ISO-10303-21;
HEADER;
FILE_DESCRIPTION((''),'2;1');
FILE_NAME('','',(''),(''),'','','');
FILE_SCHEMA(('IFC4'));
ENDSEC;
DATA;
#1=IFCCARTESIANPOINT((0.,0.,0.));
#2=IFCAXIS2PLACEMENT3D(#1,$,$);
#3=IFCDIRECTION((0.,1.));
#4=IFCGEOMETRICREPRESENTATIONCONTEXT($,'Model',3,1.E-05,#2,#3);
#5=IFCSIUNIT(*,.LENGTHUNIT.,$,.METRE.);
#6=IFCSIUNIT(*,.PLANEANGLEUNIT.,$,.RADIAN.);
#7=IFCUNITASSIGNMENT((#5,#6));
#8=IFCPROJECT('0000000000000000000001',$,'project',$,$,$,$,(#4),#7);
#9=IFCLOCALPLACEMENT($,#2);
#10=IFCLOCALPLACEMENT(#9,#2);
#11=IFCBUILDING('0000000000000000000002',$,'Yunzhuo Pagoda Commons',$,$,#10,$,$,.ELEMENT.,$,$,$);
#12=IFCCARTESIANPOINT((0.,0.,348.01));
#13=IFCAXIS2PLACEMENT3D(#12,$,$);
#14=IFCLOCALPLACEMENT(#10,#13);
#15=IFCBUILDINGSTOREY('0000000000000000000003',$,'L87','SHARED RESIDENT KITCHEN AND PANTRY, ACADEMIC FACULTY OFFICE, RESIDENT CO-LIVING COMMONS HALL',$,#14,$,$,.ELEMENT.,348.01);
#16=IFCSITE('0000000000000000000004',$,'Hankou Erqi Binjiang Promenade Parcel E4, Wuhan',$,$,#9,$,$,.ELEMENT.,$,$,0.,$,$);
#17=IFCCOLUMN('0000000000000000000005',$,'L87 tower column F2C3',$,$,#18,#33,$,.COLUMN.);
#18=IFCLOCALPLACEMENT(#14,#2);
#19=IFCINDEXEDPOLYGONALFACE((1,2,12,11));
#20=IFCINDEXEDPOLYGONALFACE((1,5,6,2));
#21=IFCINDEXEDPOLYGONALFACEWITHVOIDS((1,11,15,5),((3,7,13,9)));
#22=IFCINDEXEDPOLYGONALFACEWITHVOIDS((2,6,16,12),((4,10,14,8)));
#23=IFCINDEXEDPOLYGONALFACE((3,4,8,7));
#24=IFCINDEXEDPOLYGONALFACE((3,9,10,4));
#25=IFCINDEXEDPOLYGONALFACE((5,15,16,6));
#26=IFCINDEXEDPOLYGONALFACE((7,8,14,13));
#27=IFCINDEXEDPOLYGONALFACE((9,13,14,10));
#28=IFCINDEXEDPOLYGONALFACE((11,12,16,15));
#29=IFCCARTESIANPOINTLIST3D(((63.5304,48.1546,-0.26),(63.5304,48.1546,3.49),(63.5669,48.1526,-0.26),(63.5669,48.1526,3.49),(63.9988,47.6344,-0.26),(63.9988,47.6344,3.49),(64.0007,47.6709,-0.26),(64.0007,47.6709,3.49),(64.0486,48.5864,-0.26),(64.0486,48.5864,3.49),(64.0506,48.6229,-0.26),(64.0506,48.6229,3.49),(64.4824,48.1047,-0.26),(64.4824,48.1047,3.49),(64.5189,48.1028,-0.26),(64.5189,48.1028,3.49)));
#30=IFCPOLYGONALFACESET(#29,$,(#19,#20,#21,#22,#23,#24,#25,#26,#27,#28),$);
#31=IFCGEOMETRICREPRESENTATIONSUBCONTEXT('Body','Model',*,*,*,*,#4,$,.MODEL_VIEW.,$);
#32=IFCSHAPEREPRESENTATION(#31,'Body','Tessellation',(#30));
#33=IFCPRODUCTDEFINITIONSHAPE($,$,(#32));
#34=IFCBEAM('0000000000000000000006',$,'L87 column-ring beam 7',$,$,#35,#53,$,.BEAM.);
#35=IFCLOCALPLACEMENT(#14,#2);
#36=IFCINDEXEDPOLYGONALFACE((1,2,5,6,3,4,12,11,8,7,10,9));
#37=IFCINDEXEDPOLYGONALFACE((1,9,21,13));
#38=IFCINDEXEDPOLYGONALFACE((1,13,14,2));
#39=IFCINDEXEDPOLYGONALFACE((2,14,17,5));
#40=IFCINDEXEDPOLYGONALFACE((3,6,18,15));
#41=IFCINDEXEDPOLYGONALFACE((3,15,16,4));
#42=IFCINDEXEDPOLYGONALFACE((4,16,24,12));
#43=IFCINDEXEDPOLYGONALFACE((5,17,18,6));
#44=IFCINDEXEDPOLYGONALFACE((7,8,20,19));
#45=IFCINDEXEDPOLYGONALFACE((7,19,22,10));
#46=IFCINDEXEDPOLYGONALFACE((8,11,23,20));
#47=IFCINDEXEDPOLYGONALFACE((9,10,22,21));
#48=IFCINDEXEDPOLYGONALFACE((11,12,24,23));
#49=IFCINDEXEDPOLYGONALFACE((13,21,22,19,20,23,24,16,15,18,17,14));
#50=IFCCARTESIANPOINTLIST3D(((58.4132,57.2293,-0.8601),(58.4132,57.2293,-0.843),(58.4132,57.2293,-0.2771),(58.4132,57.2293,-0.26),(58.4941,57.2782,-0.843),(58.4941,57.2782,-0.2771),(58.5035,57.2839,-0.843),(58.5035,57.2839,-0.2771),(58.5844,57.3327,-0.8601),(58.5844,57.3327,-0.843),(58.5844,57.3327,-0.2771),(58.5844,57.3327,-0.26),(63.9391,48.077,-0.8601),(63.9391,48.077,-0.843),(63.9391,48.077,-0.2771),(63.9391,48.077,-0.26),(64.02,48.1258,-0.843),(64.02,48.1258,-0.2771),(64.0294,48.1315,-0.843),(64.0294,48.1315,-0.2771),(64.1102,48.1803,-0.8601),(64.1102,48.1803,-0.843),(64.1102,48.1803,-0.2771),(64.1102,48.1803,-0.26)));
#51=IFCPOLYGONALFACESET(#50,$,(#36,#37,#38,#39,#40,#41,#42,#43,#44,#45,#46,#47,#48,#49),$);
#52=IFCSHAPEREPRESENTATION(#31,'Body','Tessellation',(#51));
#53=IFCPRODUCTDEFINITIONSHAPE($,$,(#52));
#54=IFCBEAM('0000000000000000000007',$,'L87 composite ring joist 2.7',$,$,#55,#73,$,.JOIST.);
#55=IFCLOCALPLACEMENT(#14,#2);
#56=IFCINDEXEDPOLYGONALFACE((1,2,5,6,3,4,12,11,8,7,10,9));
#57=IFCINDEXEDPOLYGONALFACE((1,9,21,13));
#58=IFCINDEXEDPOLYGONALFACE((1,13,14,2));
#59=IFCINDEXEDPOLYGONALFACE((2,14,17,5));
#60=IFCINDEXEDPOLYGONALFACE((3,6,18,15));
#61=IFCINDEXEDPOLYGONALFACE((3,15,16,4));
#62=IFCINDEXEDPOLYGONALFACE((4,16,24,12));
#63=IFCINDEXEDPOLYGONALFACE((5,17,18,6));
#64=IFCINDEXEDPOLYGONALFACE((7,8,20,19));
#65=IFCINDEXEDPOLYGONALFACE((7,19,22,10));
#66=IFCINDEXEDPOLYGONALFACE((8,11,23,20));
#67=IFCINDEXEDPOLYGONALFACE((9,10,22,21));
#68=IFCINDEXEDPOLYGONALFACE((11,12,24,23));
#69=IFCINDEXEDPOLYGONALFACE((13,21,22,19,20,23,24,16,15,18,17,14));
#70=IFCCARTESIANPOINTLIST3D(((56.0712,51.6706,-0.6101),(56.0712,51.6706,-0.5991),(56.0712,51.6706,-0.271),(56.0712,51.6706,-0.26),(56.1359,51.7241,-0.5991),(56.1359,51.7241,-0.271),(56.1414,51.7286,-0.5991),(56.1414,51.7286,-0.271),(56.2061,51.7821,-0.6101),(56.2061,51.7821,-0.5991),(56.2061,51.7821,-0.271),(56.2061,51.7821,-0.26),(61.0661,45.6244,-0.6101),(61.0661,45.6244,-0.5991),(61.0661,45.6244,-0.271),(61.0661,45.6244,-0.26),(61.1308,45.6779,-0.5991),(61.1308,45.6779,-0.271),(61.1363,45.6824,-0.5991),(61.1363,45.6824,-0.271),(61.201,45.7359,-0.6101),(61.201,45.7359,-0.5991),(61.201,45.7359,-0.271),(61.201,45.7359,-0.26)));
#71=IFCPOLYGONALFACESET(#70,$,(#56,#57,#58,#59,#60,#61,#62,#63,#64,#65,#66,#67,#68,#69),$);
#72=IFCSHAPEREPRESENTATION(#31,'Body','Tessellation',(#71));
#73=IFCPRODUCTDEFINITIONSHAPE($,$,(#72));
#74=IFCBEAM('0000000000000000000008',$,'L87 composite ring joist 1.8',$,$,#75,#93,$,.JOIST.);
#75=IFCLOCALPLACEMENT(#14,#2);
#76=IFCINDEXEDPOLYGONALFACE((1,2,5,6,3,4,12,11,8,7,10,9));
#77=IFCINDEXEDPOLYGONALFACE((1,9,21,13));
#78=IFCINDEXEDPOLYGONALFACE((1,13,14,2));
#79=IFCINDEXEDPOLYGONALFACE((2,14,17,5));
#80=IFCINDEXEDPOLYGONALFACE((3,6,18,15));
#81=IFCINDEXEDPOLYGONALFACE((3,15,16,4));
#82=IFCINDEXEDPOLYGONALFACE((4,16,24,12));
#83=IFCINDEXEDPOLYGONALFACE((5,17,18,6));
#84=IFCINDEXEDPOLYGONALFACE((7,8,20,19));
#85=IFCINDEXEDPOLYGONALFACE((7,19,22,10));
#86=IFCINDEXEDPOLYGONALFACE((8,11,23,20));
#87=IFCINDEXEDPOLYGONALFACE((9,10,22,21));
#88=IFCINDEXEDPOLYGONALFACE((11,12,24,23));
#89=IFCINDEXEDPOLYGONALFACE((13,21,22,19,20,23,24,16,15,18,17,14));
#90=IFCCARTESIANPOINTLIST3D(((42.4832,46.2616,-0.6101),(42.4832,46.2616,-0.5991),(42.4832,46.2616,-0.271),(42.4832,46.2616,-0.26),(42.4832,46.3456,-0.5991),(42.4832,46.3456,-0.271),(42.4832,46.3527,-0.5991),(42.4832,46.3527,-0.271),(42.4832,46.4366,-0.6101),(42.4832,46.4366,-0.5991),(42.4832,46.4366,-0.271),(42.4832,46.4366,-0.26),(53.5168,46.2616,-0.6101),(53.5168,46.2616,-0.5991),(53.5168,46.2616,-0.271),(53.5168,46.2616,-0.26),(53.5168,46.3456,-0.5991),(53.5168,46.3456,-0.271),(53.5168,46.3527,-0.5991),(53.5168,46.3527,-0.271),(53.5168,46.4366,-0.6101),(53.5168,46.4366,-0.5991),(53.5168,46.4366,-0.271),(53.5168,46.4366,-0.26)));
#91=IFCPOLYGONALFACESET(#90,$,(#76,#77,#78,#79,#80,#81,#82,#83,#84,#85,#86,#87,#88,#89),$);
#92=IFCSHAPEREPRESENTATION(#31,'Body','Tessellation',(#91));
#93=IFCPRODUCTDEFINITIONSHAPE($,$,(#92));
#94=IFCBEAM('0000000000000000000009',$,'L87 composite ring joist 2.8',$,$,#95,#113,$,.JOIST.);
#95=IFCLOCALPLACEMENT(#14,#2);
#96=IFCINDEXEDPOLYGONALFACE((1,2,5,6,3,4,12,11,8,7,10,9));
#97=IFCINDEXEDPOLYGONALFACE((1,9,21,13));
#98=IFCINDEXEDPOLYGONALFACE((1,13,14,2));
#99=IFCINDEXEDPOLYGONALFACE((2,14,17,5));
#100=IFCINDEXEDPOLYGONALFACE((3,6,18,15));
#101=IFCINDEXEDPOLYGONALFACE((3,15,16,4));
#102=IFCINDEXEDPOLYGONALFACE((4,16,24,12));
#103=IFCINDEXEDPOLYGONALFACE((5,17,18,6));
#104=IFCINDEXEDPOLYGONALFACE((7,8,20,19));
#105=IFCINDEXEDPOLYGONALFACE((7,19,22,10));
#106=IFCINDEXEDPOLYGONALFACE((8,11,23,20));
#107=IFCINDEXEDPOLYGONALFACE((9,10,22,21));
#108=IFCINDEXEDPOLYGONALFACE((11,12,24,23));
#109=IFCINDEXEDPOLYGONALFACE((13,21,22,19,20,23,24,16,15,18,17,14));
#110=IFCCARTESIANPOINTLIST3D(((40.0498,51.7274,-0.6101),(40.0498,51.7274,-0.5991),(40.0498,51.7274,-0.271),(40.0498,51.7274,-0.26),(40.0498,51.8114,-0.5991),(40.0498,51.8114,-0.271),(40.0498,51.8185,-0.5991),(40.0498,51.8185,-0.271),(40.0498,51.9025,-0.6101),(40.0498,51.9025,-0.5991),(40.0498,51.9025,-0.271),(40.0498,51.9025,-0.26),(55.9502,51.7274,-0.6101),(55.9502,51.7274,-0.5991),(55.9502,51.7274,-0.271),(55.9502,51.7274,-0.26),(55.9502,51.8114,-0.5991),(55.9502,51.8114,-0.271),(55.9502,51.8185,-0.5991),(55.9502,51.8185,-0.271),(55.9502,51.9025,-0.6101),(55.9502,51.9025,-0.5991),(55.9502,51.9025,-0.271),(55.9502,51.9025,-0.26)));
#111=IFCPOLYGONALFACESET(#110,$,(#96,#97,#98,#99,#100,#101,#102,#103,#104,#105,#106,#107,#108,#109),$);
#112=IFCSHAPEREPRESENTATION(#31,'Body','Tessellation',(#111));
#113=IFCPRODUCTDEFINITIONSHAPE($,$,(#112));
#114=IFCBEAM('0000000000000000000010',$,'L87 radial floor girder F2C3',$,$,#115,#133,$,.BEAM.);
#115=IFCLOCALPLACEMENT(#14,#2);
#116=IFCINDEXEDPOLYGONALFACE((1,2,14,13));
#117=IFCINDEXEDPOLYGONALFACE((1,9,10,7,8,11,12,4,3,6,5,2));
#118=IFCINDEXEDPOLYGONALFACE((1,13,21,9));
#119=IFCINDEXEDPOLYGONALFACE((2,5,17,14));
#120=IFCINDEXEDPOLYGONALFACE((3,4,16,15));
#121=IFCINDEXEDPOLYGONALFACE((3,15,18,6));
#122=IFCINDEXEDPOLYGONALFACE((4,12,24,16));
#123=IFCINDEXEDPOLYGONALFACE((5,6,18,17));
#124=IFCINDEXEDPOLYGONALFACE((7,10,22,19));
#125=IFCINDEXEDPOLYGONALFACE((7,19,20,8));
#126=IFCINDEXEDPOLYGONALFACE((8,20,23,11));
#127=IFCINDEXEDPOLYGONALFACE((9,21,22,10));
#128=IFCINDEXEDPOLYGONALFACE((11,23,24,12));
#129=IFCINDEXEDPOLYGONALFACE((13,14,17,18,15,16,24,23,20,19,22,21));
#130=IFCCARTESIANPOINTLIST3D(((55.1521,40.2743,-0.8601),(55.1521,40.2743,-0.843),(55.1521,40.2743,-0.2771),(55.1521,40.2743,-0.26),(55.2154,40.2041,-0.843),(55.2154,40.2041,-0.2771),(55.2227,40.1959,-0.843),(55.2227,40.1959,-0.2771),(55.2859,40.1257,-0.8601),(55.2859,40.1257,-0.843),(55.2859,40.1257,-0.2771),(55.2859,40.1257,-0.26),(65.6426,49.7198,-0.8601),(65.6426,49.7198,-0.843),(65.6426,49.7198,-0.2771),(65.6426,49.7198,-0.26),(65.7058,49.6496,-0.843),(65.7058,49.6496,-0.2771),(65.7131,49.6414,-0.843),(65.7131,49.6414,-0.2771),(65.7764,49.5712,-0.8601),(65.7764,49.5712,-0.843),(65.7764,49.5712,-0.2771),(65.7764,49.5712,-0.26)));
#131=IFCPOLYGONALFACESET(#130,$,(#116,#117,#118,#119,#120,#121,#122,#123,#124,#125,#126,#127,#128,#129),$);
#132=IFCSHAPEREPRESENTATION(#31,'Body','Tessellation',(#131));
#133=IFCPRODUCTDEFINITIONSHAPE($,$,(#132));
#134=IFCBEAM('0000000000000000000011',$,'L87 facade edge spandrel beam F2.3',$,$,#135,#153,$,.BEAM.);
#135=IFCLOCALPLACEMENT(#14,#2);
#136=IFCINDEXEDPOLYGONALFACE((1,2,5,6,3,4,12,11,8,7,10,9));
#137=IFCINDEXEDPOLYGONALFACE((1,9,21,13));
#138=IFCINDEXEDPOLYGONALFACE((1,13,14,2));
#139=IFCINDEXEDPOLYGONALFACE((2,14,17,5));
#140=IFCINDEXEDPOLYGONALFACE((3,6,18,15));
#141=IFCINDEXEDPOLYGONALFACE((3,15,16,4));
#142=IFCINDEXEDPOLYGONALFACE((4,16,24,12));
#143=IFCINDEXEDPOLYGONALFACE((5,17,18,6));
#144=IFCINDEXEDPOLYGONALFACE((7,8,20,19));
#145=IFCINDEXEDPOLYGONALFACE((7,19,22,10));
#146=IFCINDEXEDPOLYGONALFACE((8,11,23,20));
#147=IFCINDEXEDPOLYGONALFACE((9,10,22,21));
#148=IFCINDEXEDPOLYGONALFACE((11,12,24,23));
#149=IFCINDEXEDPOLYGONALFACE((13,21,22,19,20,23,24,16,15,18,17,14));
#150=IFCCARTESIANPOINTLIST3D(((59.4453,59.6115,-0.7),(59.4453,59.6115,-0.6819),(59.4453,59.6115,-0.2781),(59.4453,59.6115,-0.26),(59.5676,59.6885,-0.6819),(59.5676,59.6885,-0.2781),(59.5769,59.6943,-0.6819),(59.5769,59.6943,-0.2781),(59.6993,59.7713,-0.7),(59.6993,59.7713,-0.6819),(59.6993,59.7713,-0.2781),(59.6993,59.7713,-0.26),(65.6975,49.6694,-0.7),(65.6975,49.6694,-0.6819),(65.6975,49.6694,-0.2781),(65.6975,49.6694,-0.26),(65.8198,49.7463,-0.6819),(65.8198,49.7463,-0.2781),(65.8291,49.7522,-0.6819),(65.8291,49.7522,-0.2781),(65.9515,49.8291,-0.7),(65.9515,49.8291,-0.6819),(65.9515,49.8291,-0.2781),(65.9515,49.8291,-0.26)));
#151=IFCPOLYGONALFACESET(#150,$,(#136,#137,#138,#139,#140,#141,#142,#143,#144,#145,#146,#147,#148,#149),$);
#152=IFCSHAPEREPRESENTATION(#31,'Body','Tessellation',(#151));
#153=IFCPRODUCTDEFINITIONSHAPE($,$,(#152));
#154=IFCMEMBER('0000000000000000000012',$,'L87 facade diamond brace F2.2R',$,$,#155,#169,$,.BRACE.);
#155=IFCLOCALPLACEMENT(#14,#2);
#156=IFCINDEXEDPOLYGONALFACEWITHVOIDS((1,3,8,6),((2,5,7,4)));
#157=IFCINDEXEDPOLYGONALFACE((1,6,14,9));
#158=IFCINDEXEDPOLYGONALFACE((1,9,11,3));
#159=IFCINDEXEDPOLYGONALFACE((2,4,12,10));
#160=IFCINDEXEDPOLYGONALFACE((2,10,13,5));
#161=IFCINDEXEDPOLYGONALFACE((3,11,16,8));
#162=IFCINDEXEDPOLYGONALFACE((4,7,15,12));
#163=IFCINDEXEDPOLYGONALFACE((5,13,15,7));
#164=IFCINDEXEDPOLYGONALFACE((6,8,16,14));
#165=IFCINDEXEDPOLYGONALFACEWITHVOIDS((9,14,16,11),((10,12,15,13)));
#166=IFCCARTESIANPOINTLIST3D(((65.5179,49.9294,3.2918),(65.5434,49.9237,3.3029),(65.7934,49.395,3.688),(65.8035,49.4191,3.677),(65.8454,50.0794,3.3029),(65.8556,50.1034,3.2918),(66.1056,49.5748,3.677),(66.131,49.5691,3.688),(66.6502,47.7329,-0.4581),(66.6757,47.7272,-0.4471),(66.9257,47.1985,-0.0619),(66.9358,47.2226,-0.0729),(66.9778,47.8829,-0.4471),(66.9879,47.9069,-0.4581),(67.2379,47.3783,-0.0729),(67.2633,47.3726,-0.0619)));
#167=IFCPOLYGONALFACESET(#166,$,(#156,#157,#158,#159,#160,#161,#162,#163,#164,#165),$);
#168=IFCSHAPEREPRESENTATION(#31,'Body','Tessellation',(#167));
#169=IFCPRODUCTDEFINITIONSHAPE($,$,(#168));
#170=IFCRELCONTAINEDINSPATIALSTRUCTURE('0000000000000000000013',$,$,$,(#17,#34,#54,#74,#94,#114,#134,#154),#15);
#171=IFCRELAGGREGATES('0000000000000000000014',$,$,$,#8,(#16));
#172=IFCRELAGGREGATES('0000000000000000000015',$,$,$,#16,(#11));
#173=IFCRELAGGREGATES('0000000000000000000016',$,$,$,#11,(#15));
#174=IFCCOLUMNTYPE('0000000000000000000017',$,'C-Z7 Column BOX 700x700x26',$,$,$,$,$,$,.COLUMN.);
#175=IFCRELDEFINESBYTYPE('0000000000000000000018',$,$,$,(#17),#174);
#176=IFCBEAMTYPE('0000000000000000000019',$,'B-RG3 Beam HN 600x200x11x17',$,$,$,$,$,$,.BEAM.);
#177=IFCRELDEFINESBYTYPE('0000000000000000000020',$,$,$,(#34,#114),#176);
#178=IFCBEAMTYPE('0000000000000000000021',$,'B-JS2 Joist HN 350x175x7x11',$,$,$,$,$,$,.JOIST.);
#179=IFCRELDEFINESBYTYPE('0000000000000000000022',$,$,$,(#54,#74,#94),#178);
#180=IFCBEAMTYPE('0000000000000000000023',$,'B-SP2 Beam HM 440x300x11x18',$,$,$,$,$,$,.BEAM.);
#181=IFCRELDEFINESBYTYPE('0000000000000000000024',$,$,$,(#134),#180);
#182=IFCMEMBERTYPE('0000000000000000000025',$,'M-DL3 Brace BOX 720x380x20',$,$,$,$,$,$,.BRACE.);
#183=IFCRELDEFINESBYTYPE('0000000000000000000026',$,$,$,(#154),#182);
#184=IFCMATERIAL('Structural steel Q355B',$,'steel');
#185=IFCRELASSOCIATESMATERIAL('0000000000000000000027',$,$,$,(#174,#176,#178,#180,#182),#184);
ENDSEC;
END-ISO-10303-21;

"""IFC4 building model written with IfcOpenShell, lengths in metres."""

from ifc_helpers import new_model, si_unit, direction, frame, origin, origin_2d, place, context, subcontext, project, spatial, hollow_rectangle, i_section, extrude, source, transform, mapped, material, material_profile, profile_set, type_object, element, save


model = new_model("IFC4")

# Units and contexts
model_context = context("Model", 3, precision=1e-05, world=origin(), true_north=direction((0.0, 1.0)))
body_context = subcontext(model_context, "Body", "Model", "MODEL_VIEW")
ifc_project = project(units=[si_unit("LENGTHUNIT", "METRE"), si_unit("PLANEANGLEUNIT", "RADIAN")], contexts=[model_context])

# Site, building, storey
site_placement = place(None, origin())
site = spatial("IfcSite", under=ifc_project, at=site_placement, Name="Hankou Erqi Binjiang Promenade Parcel E4, Wuhan", CompositionType="ELEMENT", RefElevation=0.0)
building_placement = place(site_placement, origin())
building = spatial("IfcBuilding", under=site, at=building_placement, Name="Yunzhuo Pagoda Commons", CompositionType="ELEMENT")
storey_placement = place(building_placement, frame((0.0, 0.0, 348.01)))
storey = spatial("IfcBuildingStorey", under=building, at=storey_placement, Name="L87", Description="SHARED RESIDENT KITCHEN AND PANTRY, ACADEMIC FACULTY OFFICE, RESIDENT CO-LIVING COMMONS HALL", CompositionType="ELEMENT", Elevation=348.01)

# Column
ifc_material_1 = material(Name="Structural steel Q355B", Category="steel")
ifc_material_profile_1 = material_profile(ifc_material_1, hollow_rectangle(XDim=0.7, YDim=0.7, WallThickness=0.0259, at=origin_2d()), Name="Structural steel Q355B")
ifc_profile_set_1 = profile_set([ifc_material_profile_1], Name="Structural steel Q355B")
column_type = type_object("IfcColumnType", Name="C-Z7 Column BOX 700x700x26", PredefinedType="COLUMN", material=ifc_profile_set_1)
shared_shape_1 = source(origin(), body_context, "Body", "SweptSolid", [
    extrude(hollow_rectangle(XDim=0.7, YDim=0.7, WallThickness=0.0259, at=origin_2d()), origin(), (0.0, 0.0, 1.0), 3.75),
])
column_placement = place(storey_placement, frame((64.0247, 48.1287, -0.26), z_axis=(0.0, 0.0, 1.0), x_axis=(-0.669131, 0.743145, 0.0)))
element("IfcColumn", 1, at=column_placement, inside=storey, type_object=column_type, Name="L87 tower column F2C3", PredefinedType="COLUMN", context=body_context, shape_type="MappedRepresentation", body=[
    mapped(shared_shape_1, transform((0.0, 0.0, 0.0), scale=1.0)),
])

# Beams
ifc_material_profile_2 = material_profile(ifc_material_1, i_section(OverallWidth=0.2, OverallDepth=0.6001, WebThickness=0.011, FlangeThickness=0.0171, at=origin_2d()), Name="Structural steel Q355B")
ifc_profile_set_2 = profile_set([ifc_material_profile_2], Name="Structural steel Q355B")
beam_type_1 = type_object("IfcBeamType", Name="B-RG3 Beam HN 600x200x11x17", PredefinedType="BEAM", material=ifc_profile_set_2)
shared_shape_2 = source(origin(), body_context, "Body", "SweptSolid", [
    extrude(i_section(OverallWidth=0.2, OverallDepth=0.6001, WebThickness=0.011, FlangeThickness=0.0171, at=origin_2d()), origin(), (0.0, 0.0, 1.0), 10.6912),
])
beam_1_placement = place(storey_placement, frame((64.0247, 48.1287, -0.5601), z_axis=(-0.516865, 0.856067, 0.0), x_axis=(-0.856067, -0.516865, 0.0)))
element("IfcBeam", 2, at=beam_1_placement, inside=storey, type_object=beam_type_1, Name="L87 column-ring beam 7", PredefinedType="BEAM", context=body_context, shape_type="MappedRepresentation", body=[
    mapped(shared_shape_2, transform((0.0, 0.0, 0.0), scale=1.0)),
])
ifc_material_profile_3 = material_profile(ifc_material_1, i_section(OverallWidth=0.175, OverallDepth=0.3501, WebThickness=0.0071, FlangeThickness=0.011, at=origin_2d()), Name="Structural steel Q355B")
ifc_profile_set_3 = profile_set([ifc_material_profile_3], Name="Structural steel Q355B")
beam_type_2 = type_object("IfcBeamType", Name="B-JS2 Joist HN 350x175x7x11", PredefinedType="JOIST", material=ifc_profile_set_3)
shared_shape_3 = source(origin(), body_context, "Body", "SweptSolid", [
    extrude(i_section(OverallWidth=0.175, OverallDepth=0.3501, WebThickness=0.0071, FlangeThickness=0.011, at=origin_2d()), origin(), (0.0, 0.0, 1.0), 7.8425),
])
beam_2_placement = place(storey_placement, frame((61.1335, 45.6802, -0.4351), z_axis=(-0.636899, 0.770947, 0.0), x_axis=(-0.770947, -0.636899, 0.0)))
element("IfcBeam", 3, at=beam_2_placement, inside=storey, type_object=beam_type_2, Name="L87 composite ring joist 2.7", PredefinedType="JOIST", context=body_context, shape_type="MappedRepresentation", body=[
    mapped(shared_shape_3, transform((0.0, 0.0, 0.0), scale=1.0)),
])
shared_shape_4 = source(origin(), body_context, "Body", "SweptSolid", [
    extrude(i_section(OverallWidth=0.175, OverallDepth=0.3501, WebThickness=0.0071, FlangeThickness=0.011, at=origin_2d()), origin(), (0.0, 0.0, 1.0), 11.0337),
])
beam_3_placement = place(storey_placement, frame((53.5168, 46.3491, -0.4351), z_axis=(-1.0, 0.0, 0.0), x_axis=(0.0, -1.0, 0.0)))
element("IfcBeam", 4, at=beam_3_placement, inside=storey, type_object=beam_type_2, Name="L87 composite ring joist 1.8", PredefinedType="JOIST", context=body_context, shape_type="MappedRepresentation", body=[
    mapped(shared_shape_4, transform((0.0, 0.0, 0.0), scale=1.0)),
])
shared_shape_5 = source(origin(), body_context, "Body", "SweptSolid", [
    extrude(i_section(OverallWidth=0.175, OverallDepth=0.3501, WebThickness=0.0071, FlangeThickness=0.011, at=origin_2d()), origin(), (0.0, 0.0, 1.0), 15.9004),
])
beam_4_placement = place(storey_placement, frame((55.9502, 51.8149, -0.4351), z_axis=(-1.0, 0.0, 0.0), x_axis=(0.0, -1.0, 0.0)))
element("IfcBeam", 5, at=beam_4_placement, inside=storey, type_object=beam_type_2, Name="L87 composite ring joist 2.8", PredefinedType="JOIST", context=body_context, shape_type="MappedRepresentation", body=[
    mapped(shared_shape_5, transform((0.0, 0.0, 0.0), scale=1.0)),
])
shared_shape_6 = source(origin(), body_context, "Body", "SweptSolid", [
    extrude(i_section(OverallWidth=0.2, OverallDepth=0.6001, WebThickness=0.011, FlangeThickness=0.0171, at=origin_2d()), origin(), (0.0, 0.0, 1.0), 14.1162),
])
beam_5_placement = place(storey_placement, frame((65.7095, 49.6455, -0.5601), z_axis=(-0.743149, -0.669126, 0.0), x_axis=(0.669126, -0.743149, 0.0)))
element("IfcBeam", 6, at=beam_5_placement, inside=storey, type_object=beam_type_1, Name="L87 radial floor girder F2C3", PredefinedType="BEAM", context=body_context, shape_type="MappedRepresentation", body=[
    mapped(shared_shape_6, transform((0.0, 0.0, 0.0), scale=1.0)),
])
ifc_material_profile_4 = material_profile(ifc_material_1, i_section(OverallWidth=0.3, OverallDepth=0.4399, WebThickness=0.011, FlangeThickness=0.0181, at=origin_2d()), Name="Structural steel Q355B")
ifc_profile_set_4 = profile_set([ifc_material_profile_4], Name="Structural steel Q355B")
beam_type_3 = type_object("IfcBeamType", Name="B-SP2 Beam HM 440x300x11x18", PredefinedType="BEAM", material=ifc_profile_set_4)
shared_shape_7 = source(origin(), body_context, "Body", "SweptSolid", [
    extrude(i_section(OverallWidth=0.3, OverallDepth=0.4399, WebThickness=0.011, FlangeThickness=0.0181, at=origin_2d()), origin(), (0.0, 0.0, 1.0), 11.7446),
])
beam_6_placement = place(storey_placement, frame((65.8245, 49.7493, -0.48), z_axis=(-0.532346, 0.846527, 0.0), x_axis=(-0.846527, -0.532346, 0.0)))
element("IfcBeam", 7, at=beam_6_placement, inside=storey, type_object=beam_type_3, Name="L87 facade edge spandrel beam F2.3", PredefinedType="BEAM", context=body_context, shape_type="MappedRepresentation", body=[
    mapped(shared_shape_7, transform((0.0, 0.0, 0.0), scale=1.0)),
])

# Member
ifc_material_profile_5 = material_profile(ifc_material_1, hollow_rectangle(XDim=0.3799, YDim=0.72, WallThickness=0.02, at=origin_2d()), Name="Structural steel Q355B")
ifc_profile_set_5 = profile_set([ifc_material_profile_5], Name="Structural steel Q355B")
member_type_1 = type_object("IfcMemberType", Name="M-DL3 Brace BOX 720x380x20", PredefinedType="BRACE", material=ifc_profile_set_5)
shared_shape_8 = source(origin(), body_context, "Body", "SweptSolid", [
    extrude(hollow_rectangle(XDim=0.3799, YDim=0.72, WallThickness=0.02, at=origin_2d()), origin(), (0.0, 0.0, 1.0), 4.491),
])
member_1_placement = place(storey_placement, frame((66.9568, 47.5527, -0.26), z_axis=(-0.25213, 0.489093, 0.834996), x_axis=(-0.888847, -0.458205, 0.0)))
element("IfcMember", 8, at=member_1_placement, inside=storey, type_object=member_type_1, Name="L87 facade diamond brace F2.2R", PredefinedType="BRACE", context=body_context, shape_type="MappedRepresentation", body=[
    mapped(shared_shape_8, transform((0.0, 0.0, 0.0), scale=1.0)),
])

save(model, "model.ifc")
